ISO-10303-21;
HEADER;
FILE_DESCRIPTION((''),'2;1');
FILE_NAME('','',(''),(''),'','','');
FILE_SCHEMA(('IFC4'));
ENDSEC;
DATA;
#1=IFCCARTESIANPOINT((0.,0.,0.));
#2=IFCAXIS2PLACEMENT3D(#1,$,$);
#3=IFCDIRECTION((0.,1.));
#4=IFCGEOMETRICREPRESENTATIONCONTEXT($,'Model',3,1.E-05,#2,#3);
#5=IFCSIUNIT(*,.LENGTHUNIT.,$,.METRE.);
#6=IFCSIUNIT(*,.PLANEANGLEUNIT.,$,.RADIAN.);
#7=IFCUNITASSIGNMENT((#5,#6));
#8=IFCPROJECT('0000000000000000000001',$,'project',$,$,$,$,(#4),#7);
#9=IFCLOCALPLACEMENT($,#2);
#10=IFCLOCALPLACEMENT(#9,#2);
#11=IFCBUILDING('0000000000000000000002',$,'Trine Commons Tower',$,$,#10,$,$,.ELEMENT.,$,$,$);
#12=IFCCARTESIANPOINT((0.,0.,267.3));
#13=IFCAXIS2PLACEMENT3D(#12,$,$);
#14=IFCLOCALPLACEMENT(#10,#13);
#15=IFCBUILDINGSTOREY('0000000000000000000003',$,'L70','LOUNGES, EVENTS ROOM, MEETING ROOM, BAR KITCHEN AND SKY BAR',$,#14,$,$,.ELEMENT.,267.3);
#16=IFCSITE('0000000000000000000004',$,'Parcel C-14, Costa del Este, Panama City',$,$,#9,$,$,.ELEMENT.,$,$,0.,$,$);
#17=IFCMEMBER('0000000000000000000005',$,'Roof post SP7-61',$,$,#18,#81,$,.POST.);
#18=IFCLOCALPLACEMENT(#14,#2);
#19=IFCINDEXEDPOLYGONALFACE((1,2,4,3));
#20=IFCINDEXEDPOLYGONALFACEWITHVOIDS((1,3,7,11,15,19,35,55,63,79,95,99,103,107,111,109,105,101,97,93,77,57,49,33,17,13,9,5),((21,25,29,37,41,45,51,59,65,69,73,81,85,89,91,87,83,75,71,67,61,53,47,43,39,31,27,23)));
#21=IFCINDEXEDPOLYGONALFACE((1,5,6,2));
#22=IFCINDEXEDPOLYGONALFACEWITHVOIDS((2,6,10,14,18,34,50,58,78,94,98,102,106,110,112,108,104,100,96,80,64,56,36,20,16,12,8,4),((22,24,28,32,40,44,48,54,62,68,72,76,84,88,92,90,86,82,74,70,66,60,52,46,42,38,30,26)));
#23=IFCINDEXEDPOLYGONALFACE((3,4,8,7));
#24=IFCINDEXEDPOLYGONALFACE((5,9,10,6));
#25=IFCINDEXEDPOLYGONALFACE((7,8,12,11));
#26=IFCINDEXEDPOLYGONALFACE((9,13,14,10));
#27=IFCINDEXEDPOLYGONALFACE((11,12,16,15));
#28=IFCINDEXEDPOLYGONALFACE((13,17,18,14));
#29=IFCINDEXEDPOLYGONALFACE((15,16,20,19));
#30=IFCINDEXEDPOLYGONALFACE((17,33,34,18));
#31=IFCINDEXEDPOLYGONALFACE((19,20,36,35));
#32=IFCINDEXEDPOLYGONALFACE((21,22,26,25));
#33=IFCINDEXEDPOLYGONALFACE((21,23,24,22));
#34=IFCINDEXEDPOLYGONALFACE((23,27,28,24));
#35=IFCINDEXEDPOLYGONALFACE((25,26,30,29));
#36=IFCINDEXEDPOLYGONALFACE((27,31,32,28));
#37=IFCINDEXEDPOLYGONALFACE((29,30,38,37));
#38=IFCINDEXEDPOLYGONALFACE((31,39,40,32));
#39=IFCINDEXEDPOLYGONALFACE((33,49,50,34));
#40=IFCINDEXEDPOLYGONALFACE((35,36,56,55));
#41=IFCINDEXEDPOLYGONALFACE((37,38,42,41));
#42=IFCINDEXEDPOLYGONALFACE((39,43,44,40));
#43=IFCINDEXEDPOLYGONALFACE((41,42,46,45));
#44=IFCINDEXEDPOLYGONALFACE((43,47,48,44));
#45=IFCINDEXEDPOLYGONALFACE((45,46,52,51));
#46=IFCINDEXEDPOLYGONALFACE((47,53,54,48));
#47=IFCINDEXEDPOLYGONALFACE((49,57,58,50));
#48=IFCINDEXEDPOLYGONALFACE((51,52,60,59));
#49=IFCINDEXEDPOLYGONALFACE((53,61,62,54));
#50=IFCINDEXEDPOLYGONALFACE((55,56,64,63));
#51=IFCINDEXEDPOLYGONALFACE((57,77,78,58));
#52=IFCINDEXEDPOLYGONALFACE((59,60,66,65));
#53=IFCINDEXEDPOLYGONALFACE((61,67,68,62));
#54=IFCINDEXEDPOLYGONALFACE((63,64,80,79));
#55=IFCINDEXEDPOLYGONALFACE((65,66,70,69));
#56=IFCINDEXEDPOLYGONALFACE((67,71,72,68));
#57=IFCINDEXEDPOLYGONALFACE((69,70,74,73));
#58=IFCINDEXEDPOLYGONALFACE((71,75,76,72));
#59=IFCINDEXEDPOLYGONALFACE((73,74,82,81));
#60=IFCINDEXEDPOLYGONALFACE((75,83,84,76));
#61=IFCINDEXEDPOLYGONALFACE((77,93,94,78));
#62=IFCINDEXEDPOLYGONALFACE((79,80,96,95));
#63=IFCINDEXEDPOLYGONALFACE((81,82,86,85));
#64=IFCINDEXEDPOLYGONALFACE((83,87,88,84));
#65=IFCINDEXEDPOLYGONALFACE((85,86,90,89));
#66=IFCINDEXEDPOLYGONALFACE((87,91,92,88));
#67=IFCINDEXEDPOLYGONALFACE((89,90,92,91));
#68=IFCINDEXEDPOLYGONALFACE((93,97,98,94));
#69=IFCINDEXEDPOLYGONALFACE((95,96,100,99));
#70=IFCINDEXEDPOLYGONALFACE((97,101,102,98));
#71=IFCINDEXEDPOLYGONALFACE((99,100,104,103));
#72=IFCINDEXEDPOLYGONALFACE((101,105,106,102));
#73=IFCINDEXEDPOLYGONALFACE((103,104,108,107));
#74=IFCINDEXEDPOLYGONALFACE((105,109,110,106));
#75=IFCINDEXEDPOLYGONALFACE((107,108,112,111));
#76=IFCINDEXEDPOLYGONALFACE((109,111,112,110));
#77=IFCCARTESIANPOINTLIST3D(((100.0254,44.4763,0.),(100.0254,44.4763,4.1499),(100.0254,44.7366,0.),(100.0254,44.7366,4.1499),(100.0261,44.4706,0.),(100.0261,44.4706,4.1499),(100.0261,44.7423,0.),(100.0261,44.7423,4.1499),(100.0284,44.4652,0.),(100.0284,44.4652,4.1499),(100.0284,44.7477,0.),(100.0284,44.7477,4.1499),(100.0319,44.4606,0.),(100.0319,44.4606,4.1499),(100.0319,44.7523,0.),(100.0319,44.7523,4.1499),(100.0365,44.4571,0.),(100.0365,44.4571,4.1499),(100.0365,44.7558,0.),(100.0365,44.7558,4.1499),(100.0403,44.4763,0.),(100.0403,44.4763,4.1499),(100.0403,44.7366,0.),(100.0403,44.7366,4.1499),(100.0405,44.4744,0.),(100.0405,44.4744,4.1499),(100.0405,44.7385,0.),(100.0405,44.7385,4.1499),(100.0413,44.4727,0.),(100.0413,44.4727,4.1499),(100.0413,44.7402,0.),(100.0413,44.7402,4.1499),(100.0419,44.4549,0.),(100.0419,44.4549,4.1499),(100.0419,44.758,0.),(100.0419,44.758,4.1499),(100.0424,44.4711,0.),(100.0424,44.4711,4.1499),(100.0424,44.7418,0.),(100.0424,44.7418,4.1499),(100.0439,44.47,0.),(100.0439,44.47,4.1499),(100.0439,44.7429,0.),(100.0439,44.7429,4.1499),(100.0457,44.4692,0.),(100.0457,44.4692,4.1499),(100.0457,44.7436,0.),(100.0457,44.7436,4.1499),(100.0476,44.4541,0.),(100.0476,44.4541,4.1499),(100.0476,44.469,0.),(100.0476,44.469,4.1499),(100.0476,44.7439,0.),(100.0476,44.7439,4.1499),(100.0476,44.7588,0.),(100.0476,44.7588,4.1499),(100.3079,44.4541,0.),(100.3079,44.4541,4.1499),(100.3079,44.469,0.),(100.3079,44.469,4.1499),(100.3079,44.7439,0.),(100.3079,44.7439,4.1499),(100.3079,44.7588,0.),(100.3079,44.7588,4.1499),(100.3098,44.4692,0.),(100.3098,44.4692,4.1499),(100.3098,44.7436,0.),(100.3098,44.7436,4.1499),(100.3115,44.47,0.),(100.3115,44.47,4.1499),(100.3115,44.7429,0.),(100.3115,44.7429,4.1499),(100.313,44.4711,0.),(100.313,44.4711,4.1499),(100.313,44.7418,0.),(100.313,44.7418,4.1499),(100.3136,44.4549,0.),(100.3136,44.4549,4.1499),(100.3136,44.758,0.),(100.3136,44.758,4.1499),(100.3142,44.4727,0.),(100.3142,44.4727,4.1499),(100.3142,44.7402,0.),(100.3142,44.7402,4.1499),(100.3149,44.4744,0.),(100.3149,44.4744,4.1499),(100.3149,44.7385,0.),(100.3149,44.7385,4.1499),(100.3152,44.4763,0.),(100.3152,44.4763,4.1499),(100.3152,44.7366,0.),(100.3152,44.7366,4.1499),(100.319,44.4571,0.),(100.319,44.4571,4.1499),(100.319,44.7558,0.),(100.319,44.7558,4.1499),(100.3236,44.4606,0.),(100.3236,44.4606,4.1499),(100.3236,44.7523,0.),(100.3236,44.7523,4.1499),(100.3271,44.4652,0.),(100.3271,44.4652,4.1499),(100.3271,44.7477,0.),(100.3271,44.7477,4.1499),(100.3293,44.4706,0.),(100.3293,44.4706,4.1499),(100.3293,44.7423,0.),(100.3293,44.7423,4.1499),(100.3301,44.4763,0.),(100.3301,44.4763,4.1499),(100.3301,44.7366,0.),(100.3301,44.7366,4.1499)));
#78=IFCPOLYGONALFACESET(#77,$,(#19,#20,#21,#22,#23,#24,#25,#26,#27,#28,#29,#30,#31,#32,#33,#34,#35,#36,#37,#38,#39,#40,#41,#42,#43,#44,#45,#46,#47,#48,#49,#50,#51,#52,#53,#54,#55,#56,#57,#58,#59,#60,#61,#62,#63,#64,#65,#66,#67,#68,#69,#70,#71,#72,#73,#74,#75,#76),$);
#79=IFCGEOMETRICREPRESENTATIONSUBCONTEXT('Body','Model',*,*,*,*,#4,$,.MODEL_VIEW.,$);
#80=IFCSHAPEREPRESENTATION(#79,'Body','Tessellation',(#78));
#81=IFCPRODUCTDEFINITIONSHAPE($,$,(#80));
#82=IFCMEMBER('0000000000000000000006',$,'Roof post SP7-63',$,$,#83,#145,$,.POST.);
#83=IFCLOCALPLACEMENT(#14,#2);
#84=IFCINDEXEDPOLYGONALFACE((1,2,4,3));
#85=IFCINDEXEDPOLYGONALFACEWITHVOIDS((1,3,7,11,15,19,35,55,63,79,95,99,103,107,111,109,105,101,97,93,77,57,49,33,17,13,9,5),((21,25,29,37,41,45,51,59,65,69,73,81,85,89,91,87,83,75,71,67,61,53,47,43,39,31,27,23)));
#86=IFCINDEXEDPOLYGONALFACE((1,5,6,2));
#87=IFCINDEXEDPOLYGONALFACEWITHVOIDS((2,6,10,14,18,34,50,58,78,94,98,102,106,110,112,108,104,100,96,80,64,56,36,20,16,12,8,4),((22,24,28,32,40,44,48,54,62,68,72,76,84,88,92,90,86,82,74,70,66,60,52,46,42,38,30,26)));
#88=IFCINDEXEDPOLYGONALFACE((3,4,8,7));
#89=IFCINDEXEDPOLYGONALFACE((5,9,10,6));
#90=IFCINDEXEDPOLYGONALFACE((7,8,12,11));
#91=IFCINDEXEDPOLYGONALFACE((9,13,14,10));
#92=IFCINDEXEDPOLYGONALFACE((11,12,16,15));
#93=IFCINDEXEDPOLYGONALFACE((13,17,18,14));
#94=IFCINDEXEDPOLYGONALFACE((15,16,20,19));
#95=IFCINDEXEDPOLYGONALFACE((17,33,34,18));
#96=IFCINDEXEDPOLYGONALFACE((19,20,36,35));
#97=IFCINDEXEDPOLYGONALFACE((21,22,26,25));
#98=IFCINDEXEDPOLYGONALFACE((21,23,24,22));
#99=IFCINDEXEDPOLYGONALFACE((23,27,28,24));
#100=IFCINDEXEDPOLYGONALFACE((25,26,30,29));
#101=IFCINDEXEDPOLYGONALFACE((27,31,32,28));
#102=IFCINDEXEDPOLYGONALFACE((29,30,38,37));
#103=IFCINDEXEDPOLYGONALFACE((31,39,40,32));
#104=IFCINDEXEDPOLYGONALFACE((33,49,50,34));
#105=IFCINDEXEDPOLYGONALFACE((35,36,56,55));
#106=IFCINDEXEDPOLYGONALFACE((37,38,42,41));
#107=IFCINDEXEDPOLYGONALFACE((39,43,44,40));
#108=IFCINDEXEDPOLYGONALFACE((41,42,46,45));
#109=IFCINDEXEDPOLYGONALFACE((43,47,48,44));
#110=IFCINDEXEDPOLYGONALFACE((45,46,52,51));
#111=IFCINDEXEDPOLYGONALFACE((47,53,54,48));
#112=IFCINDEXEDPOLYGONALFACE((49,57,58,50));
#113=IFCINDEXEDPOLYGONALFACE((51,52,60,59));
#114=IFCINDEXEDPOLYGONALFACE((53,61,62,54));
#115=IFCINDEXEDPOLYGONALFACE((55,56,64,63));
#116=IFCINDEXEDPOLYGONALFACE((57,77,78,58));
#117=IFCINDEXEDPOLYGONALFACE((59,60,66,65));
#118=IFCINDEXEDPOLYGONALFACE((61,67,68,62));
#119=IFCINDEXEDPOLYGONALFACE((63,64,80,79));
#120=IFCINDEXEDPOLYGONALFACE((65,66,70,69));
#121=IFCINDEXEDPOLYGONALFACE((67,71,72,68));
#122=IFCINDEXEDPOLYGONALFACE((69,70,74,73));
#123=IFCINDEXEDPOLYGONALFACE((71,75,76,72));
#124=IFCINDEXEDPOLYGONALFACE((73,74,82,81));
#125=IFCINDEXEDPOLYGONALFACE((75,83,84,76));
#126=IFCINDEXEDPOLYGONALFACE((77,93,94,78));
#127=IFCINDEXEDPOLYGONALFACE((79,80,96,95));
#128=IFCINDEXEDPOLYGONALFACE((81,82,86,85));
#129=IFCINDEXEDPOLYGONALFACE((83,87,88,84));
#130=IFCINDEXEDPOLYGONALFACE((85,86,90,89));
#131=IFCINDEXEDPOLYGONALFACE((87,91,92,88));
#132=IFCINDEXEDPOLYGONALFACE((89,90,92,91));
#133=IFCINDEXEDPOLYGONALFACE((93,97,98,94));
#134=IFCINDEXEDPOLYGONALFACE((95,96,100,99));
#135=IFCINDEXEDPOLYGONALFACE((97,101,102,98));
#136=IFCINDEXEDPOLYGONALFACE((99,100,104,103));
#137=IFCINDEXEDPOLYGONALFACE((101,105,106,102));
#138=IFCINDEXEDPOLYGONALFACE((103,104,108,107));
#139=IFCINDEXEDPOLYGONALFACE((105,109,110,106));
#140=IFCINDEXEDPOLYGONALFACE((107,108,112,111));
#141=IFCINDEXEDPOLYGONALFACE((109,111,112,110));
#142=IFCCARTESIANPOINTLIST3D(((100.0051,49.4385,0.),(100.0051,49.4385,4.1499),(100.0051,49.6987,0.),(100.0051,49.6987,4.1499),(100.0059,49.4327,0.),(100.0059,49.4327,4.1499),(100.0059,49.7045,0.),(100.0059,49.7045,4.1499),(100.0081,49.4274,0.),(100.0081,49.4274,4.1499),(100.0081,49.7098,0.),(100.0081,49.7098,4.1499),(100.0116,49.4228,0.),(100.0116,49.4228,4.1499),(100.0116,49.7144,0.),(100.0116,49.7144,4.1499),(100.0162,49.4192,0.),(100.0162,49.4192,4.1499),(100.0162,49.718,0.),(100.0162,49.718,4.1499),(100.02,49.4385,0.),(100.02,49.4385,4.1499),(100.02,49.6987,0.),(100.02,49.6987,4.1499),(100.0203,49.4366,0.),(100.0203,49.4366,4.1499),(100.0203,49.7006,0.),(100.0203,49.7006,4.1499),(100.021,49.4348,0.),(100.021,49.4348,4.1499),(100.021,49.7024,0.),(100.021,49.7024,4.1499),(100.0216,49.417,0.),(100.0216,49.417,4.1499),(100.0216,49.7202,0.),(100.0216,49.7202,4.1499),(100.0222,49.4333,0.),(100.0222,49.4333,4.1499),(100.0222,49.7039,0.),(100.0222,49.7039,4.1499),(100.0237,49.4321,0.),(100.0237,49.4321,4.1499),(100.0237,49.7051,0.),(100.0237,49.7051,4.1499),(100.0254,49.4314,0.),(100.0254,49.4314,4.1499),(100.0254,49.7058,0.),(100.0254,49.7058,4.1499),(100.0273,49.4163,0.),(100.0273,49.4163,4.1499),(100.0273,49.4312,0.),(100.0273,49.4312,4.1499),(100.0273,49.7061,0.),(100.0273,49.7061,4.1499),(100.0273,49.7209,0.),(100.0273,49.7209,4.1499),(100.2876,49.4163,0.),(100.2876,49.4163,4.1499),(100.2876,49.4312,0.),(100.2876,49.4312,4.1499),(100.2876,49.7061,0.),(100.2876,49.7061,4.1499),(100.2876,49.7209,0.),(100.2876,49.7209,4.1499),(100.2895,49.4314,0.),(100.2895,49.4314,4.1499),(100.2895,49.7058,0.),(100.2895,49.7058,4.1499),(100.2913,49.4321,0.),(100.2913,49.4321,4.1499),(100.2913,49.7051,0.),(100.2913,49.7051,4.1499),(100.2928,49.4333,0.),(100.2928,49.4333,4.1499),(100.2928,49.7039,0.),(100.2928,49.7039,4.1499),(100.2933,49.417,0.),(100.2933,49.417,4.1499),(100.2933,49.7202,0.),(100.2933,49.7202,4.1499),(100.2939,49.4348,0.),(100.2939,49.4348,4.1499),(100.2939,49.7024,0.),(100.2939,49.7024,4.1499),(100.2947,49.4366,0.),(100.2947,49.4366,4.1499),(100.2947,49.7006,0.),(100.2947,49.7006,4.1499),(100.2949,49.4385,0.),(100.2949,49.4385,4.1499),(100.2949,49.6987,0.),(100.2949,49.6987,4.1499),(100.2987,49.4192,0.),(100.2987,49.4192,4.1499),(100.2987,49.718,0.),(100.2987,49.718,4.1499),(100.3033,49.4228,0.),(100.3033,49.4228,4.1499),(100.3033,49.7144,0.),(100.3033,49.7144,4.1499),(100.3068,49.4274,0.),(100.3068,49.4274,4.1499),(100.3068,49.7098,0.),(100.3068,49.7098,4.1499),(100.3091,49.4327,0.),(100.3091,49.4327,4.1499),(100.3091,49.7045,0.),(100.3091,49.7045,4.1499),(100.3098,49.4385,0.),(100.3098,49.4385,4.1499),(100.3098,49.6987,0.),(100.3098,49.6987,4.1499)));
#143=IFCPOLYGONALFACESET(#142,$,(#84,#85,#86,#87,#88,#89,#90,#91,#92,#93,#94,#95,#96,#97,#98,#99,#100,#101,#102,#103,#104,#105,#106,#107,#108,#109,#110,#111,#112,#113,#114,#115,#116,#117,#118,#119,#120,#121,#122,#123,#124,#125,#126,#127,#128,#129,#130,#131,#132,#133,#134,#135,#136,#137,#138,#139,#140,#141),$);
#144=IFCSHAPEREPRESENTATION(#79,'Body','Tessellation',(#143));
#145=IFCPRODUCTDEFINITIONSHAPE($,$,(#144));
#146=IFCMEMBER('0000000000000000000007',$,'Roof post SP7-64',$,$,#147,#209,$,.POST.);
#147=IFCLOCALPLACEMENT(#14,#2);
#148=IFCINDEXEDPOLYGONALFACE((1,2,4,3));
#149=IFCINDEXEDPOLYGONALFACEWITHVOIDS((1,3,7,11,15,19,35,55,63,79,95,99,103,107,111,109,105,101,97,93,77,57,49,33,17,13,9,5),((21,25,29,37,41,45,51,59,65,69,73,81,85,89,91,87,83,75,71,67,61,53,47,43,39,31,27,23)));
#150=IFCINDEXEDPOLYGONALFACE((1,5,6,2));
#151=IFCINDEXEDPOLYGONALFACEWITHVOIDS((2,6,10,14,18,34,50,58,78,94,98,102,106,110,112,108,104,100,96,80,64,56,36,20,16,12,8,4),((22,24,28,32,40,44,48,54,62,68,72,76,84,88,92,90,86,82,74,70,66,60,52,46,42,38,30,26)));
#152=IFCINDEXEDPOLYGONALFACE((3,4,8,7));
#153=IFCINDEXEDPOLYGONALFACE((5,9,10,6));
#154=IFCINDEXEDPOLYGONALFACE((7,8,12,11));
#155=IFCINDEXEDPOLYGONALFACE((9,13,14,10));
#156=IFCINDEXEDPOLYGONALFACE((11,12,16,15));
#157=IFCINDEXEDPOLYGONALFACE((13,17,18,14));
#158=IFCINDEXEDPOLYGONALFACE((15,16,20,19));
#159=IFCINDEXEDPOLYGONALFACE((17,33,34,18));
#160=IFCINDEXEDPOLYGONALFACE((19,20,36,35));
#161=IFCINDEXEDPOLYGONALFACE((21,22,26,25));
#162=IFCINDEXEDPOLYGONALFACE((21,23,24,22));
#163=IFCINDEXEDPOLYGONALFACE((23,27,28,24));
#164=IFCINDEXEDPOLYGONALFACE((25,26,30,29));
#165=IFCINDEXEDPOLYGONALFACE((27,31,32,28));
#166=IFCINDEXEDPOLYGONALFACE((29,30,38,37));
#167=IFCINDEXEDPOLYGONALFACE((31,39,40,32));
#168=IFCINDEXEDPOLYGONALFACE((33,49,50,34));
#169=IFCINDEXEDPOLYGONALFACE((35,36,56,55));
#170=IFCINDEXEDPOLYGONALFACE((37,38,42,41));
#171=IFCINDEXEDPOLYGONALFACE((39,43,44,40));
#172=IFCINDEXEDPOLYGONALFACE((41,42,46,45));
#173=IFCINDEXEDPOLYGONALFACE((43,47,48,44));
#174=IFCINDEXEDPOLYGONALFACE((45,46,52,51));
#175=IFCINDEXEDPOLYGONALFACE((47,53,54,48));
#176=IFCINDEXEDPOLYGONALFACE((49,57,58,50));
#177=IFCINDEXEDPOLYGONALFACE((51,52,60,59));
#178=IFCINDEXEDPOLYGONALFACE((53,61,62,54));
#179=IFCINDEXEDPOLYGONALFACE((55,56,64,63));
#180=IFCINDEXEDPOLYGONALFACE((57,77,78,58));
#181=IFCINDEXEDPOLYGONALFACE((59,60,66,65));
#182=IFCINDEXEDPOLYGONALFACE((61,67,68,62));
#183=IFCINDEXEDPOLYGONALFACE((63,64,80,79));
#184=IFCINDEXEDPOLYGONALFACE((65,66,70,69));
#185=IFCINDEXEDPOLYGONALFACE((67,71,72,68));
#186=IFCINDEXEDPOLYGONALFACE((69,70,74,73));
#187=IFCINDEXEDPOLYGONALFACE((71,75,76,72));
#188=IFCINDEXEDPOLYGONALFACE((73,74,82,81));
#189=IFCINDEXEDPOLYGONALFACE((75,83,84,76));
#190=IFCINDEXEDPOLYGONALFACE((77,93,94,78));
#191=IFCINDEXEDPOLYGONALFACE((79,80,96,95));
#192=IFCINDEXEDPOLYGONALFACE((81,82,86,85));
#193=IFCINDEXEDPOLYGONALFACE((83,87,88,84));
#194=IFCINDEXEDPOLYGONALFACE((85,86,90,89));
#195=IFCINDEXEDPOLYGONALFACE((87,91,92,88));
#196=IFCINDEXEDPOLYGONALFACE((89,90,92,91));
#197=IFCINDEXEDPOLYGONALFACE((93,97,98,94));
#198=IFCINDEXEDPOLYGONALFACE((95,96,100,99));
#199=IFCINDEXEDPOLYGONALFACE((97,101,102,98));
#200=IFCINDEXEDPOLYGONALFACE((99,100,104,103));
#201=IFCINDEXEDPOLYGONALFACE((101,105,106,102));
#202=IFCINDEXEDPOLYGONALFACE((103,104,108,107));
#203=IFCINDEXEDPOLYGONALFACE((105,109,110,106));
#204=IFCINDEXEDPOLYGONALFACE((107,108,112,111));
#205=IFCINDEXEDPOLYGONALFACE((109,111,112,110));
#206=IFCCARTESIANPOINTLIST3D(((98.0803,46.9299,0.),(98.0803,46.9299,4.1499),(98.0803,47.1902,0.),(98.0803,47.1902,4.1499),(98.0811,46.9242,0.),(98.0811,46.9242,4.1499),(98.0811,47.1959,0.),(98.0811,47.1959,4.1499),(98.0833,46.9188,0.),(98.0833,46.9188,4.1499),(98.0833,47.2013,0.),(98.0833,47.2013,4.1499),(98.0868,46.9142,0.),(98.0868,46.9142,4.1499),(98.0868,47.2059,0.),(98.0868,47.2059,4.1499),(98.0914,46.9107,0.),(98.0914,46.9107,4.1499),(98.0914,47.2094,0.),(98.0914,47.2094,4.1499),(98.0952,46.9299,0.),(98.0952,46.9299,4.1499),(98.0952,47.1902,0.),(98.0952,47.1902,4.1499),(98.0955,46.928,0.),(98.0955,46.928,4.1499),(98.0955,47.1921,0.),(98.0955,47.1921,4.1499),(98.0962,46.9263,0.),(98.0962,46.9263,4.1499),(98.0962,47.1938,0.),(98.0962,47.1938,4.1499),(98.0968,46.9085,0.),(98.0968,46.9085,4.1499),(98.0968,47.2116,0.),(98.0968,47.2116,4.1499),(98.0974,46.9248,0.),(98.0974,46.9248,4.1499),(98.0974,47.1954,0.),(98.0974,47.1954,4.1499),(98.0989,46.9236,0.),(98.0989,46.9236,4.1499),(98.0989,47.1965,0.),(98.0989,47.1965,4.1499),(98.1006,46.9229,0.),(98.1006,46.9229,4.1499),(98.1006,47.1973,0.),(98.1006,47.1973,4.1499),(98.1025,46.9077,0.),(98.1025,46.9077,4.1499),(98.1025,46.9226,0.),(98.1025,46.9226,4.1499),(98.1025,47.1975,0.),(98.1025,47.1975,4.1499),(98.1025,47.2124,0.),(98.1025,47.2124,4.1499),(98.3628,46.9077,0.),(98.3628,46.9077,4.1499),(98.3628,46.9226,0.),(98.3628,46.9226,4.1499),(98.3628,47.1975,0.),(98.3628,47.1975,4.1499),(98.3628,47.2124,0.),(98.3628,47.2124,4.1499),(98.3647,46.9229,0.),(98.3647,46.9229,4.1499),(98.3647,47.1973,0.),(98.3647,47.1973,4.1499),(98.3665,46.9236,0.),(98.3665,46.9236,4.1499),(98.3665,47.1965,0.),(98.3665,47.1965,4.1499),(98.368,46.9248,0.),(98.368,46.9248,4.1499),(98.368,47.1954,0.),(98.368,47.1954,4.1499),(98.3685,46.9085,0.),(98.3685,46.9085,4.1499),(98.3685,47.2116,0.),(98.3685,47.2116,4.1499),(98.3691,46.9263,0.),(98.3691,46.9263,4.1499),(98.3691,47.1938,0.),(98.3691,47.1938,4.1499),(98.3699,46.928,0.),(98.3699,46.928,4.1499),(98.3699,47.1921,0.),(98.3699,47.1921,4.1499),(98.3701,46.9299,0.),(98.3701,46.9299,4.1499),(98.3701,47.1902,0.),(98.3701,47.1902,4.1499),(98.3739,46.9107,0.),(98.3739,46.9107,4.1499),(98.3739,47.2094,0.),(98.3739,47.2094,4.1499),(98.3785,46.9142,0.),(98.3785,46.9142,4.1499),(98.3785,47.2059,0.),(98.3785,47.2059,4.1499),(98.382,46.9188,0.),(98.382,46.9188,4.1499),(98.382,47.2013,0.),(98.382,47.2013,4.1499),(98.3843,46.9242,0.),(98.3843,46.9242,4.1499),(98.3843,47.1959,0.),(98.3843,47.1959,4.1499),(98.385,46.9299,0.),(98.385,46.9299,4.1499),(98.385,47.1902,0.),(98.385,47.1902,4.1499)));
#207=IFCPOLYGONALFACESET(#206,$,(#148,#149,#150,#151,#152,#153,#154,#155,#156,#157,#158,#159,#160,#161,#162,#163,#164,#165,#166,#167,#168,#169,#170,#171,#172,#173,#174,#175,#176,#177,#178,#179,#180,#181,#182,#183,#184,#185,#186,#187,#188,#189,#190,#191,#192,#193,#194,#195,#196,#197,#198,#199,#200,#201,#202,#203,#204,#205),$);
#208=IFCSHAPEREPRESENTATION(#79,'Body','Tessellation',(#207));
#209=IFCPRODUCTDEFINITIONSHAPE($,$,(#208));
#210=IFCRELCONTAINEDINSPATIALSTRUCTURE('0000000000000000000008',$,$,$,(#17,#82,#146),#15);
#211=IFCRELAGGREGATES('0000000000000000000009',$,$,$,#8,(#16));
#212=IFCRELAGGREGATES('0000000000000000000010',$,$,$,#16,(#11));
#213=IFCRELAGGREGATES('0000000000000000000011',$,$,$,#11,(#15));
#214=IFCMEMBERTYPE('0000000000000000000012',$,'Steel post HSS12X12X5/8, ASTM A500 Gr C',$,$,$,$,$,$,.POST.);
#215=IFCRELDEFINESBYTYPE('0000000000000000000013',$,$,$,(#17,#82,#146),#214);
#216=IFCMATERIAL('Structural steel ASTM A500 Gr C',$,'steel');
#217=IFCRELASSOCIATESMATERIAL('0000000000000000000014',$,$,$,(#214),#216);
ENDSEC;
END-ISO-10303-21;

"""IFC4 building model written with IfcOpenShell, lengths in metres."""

from ifc_helpers import new_model, si_unit, direction, frame, origin, origin_2d, place, context, subcontext, project, spatial, hollow_rectangle, extrude, material, material_profile, profile_set, type_object, element, save


model = new_model("IFC4")

# Units and contexts
model_context = context("Model", 3, precision=1e-05, world=origin(), true_north=direction((0.0, 1.0)))
body_context = subcontext(model_context, "Body", "Model", "MODEL_VIEW")
ifc_project = project(units=[si_unit("LENGTHUNIT", "METRE"), si_unit("PLANEANGLEUNIT", "RADIAN")], contexts=[model_context])

# Site, building, storey
site_placement = place(None, origin())
site = spatial("IfcSite", under=ifc_project, at=site_placement, Name="Parcel C-14, Costa del Este, Panama City", CompositionType="ELEMENT", RefElevation=0.0)
building_placement = place(site_placement, origin())
building = spatial("IfcBuilding", under=site, at=building_placement, Name="Trine Commons Tower", CompositionType="ELEMENT")
storey_placement = place(building_placement, frame((0.0, 0.0, 267.3)))
storey = spatial("IfcBuildingStorey", under=building, at=storey_placement, Name="L70", Description="LOUNGES, EVENTS ROOM, MEETING ROOM, BAR KITCHEN AND SKY BAR", CompositionType="ELEMENT", Elevation=267.3)

# Members
ifc_material_1 = material(Name="Structural steel ASTM A500 Gr C", Category="steel")
ifc_material_profile_1 = material_profile(ifc_material_1, hollow_rectangle(XDim=0.3047, YDim=0.3047, WallThickness=0.0149, InnerFilletRadius=0.0073, OuterFilletRadius=0.0222, at=origin_2d()), Name="HSS12X12X5/8")
ifc_profile_set_1 = profile_set([ifc_material_profile_1], Name="Structural steel ASTM A500 Gr C")
member_type_1 = type_object("IfcMemberType", Name="Steel post HSS12X12X5/8, ASTM A500 Gr C", PredefinedType="POST", material=ifc_profile_set_1)
for number, where, z_axis, x_axis, name in (
    (1, (100.1777, 44.6064, 0.0), (0.0, 0.0, 1.0), (1.0, 0.0, 0.0), "Roof post SP7-61"),
    (2, (100.1575, 49.5686, 0.0), (0.0, 0.0, 1.0), (1.0, 0.0, 0.0), "Roof post SP7-63"),
    (3, (98.2327, 47.0601, 0.0), (0.0, 0.0, 1.0), (1.0, 0.0, 0.0), "Roof post SP7-64"),
):
    element("IfcMember", number, at=place(storey_placement, frame(where, z_axis=z_axis, x_axis=x_axis)), inside=storey, type_object=member_type_1, Name=name, PredefinedType="POST", context=body_context, shape_type="SweptSolid", body=[
        extrude(hollow_rectangle(XDim=0.3047, YDim=0.3047, WallThickness=0.0149, InnerFilletRadius=0.0073, OuterFilletRadius=0.0222, at=origin_2d()), origin(), (0.0, 0.0, 1.0), 4.1499),
    ])

save(model, "model.ifc")
